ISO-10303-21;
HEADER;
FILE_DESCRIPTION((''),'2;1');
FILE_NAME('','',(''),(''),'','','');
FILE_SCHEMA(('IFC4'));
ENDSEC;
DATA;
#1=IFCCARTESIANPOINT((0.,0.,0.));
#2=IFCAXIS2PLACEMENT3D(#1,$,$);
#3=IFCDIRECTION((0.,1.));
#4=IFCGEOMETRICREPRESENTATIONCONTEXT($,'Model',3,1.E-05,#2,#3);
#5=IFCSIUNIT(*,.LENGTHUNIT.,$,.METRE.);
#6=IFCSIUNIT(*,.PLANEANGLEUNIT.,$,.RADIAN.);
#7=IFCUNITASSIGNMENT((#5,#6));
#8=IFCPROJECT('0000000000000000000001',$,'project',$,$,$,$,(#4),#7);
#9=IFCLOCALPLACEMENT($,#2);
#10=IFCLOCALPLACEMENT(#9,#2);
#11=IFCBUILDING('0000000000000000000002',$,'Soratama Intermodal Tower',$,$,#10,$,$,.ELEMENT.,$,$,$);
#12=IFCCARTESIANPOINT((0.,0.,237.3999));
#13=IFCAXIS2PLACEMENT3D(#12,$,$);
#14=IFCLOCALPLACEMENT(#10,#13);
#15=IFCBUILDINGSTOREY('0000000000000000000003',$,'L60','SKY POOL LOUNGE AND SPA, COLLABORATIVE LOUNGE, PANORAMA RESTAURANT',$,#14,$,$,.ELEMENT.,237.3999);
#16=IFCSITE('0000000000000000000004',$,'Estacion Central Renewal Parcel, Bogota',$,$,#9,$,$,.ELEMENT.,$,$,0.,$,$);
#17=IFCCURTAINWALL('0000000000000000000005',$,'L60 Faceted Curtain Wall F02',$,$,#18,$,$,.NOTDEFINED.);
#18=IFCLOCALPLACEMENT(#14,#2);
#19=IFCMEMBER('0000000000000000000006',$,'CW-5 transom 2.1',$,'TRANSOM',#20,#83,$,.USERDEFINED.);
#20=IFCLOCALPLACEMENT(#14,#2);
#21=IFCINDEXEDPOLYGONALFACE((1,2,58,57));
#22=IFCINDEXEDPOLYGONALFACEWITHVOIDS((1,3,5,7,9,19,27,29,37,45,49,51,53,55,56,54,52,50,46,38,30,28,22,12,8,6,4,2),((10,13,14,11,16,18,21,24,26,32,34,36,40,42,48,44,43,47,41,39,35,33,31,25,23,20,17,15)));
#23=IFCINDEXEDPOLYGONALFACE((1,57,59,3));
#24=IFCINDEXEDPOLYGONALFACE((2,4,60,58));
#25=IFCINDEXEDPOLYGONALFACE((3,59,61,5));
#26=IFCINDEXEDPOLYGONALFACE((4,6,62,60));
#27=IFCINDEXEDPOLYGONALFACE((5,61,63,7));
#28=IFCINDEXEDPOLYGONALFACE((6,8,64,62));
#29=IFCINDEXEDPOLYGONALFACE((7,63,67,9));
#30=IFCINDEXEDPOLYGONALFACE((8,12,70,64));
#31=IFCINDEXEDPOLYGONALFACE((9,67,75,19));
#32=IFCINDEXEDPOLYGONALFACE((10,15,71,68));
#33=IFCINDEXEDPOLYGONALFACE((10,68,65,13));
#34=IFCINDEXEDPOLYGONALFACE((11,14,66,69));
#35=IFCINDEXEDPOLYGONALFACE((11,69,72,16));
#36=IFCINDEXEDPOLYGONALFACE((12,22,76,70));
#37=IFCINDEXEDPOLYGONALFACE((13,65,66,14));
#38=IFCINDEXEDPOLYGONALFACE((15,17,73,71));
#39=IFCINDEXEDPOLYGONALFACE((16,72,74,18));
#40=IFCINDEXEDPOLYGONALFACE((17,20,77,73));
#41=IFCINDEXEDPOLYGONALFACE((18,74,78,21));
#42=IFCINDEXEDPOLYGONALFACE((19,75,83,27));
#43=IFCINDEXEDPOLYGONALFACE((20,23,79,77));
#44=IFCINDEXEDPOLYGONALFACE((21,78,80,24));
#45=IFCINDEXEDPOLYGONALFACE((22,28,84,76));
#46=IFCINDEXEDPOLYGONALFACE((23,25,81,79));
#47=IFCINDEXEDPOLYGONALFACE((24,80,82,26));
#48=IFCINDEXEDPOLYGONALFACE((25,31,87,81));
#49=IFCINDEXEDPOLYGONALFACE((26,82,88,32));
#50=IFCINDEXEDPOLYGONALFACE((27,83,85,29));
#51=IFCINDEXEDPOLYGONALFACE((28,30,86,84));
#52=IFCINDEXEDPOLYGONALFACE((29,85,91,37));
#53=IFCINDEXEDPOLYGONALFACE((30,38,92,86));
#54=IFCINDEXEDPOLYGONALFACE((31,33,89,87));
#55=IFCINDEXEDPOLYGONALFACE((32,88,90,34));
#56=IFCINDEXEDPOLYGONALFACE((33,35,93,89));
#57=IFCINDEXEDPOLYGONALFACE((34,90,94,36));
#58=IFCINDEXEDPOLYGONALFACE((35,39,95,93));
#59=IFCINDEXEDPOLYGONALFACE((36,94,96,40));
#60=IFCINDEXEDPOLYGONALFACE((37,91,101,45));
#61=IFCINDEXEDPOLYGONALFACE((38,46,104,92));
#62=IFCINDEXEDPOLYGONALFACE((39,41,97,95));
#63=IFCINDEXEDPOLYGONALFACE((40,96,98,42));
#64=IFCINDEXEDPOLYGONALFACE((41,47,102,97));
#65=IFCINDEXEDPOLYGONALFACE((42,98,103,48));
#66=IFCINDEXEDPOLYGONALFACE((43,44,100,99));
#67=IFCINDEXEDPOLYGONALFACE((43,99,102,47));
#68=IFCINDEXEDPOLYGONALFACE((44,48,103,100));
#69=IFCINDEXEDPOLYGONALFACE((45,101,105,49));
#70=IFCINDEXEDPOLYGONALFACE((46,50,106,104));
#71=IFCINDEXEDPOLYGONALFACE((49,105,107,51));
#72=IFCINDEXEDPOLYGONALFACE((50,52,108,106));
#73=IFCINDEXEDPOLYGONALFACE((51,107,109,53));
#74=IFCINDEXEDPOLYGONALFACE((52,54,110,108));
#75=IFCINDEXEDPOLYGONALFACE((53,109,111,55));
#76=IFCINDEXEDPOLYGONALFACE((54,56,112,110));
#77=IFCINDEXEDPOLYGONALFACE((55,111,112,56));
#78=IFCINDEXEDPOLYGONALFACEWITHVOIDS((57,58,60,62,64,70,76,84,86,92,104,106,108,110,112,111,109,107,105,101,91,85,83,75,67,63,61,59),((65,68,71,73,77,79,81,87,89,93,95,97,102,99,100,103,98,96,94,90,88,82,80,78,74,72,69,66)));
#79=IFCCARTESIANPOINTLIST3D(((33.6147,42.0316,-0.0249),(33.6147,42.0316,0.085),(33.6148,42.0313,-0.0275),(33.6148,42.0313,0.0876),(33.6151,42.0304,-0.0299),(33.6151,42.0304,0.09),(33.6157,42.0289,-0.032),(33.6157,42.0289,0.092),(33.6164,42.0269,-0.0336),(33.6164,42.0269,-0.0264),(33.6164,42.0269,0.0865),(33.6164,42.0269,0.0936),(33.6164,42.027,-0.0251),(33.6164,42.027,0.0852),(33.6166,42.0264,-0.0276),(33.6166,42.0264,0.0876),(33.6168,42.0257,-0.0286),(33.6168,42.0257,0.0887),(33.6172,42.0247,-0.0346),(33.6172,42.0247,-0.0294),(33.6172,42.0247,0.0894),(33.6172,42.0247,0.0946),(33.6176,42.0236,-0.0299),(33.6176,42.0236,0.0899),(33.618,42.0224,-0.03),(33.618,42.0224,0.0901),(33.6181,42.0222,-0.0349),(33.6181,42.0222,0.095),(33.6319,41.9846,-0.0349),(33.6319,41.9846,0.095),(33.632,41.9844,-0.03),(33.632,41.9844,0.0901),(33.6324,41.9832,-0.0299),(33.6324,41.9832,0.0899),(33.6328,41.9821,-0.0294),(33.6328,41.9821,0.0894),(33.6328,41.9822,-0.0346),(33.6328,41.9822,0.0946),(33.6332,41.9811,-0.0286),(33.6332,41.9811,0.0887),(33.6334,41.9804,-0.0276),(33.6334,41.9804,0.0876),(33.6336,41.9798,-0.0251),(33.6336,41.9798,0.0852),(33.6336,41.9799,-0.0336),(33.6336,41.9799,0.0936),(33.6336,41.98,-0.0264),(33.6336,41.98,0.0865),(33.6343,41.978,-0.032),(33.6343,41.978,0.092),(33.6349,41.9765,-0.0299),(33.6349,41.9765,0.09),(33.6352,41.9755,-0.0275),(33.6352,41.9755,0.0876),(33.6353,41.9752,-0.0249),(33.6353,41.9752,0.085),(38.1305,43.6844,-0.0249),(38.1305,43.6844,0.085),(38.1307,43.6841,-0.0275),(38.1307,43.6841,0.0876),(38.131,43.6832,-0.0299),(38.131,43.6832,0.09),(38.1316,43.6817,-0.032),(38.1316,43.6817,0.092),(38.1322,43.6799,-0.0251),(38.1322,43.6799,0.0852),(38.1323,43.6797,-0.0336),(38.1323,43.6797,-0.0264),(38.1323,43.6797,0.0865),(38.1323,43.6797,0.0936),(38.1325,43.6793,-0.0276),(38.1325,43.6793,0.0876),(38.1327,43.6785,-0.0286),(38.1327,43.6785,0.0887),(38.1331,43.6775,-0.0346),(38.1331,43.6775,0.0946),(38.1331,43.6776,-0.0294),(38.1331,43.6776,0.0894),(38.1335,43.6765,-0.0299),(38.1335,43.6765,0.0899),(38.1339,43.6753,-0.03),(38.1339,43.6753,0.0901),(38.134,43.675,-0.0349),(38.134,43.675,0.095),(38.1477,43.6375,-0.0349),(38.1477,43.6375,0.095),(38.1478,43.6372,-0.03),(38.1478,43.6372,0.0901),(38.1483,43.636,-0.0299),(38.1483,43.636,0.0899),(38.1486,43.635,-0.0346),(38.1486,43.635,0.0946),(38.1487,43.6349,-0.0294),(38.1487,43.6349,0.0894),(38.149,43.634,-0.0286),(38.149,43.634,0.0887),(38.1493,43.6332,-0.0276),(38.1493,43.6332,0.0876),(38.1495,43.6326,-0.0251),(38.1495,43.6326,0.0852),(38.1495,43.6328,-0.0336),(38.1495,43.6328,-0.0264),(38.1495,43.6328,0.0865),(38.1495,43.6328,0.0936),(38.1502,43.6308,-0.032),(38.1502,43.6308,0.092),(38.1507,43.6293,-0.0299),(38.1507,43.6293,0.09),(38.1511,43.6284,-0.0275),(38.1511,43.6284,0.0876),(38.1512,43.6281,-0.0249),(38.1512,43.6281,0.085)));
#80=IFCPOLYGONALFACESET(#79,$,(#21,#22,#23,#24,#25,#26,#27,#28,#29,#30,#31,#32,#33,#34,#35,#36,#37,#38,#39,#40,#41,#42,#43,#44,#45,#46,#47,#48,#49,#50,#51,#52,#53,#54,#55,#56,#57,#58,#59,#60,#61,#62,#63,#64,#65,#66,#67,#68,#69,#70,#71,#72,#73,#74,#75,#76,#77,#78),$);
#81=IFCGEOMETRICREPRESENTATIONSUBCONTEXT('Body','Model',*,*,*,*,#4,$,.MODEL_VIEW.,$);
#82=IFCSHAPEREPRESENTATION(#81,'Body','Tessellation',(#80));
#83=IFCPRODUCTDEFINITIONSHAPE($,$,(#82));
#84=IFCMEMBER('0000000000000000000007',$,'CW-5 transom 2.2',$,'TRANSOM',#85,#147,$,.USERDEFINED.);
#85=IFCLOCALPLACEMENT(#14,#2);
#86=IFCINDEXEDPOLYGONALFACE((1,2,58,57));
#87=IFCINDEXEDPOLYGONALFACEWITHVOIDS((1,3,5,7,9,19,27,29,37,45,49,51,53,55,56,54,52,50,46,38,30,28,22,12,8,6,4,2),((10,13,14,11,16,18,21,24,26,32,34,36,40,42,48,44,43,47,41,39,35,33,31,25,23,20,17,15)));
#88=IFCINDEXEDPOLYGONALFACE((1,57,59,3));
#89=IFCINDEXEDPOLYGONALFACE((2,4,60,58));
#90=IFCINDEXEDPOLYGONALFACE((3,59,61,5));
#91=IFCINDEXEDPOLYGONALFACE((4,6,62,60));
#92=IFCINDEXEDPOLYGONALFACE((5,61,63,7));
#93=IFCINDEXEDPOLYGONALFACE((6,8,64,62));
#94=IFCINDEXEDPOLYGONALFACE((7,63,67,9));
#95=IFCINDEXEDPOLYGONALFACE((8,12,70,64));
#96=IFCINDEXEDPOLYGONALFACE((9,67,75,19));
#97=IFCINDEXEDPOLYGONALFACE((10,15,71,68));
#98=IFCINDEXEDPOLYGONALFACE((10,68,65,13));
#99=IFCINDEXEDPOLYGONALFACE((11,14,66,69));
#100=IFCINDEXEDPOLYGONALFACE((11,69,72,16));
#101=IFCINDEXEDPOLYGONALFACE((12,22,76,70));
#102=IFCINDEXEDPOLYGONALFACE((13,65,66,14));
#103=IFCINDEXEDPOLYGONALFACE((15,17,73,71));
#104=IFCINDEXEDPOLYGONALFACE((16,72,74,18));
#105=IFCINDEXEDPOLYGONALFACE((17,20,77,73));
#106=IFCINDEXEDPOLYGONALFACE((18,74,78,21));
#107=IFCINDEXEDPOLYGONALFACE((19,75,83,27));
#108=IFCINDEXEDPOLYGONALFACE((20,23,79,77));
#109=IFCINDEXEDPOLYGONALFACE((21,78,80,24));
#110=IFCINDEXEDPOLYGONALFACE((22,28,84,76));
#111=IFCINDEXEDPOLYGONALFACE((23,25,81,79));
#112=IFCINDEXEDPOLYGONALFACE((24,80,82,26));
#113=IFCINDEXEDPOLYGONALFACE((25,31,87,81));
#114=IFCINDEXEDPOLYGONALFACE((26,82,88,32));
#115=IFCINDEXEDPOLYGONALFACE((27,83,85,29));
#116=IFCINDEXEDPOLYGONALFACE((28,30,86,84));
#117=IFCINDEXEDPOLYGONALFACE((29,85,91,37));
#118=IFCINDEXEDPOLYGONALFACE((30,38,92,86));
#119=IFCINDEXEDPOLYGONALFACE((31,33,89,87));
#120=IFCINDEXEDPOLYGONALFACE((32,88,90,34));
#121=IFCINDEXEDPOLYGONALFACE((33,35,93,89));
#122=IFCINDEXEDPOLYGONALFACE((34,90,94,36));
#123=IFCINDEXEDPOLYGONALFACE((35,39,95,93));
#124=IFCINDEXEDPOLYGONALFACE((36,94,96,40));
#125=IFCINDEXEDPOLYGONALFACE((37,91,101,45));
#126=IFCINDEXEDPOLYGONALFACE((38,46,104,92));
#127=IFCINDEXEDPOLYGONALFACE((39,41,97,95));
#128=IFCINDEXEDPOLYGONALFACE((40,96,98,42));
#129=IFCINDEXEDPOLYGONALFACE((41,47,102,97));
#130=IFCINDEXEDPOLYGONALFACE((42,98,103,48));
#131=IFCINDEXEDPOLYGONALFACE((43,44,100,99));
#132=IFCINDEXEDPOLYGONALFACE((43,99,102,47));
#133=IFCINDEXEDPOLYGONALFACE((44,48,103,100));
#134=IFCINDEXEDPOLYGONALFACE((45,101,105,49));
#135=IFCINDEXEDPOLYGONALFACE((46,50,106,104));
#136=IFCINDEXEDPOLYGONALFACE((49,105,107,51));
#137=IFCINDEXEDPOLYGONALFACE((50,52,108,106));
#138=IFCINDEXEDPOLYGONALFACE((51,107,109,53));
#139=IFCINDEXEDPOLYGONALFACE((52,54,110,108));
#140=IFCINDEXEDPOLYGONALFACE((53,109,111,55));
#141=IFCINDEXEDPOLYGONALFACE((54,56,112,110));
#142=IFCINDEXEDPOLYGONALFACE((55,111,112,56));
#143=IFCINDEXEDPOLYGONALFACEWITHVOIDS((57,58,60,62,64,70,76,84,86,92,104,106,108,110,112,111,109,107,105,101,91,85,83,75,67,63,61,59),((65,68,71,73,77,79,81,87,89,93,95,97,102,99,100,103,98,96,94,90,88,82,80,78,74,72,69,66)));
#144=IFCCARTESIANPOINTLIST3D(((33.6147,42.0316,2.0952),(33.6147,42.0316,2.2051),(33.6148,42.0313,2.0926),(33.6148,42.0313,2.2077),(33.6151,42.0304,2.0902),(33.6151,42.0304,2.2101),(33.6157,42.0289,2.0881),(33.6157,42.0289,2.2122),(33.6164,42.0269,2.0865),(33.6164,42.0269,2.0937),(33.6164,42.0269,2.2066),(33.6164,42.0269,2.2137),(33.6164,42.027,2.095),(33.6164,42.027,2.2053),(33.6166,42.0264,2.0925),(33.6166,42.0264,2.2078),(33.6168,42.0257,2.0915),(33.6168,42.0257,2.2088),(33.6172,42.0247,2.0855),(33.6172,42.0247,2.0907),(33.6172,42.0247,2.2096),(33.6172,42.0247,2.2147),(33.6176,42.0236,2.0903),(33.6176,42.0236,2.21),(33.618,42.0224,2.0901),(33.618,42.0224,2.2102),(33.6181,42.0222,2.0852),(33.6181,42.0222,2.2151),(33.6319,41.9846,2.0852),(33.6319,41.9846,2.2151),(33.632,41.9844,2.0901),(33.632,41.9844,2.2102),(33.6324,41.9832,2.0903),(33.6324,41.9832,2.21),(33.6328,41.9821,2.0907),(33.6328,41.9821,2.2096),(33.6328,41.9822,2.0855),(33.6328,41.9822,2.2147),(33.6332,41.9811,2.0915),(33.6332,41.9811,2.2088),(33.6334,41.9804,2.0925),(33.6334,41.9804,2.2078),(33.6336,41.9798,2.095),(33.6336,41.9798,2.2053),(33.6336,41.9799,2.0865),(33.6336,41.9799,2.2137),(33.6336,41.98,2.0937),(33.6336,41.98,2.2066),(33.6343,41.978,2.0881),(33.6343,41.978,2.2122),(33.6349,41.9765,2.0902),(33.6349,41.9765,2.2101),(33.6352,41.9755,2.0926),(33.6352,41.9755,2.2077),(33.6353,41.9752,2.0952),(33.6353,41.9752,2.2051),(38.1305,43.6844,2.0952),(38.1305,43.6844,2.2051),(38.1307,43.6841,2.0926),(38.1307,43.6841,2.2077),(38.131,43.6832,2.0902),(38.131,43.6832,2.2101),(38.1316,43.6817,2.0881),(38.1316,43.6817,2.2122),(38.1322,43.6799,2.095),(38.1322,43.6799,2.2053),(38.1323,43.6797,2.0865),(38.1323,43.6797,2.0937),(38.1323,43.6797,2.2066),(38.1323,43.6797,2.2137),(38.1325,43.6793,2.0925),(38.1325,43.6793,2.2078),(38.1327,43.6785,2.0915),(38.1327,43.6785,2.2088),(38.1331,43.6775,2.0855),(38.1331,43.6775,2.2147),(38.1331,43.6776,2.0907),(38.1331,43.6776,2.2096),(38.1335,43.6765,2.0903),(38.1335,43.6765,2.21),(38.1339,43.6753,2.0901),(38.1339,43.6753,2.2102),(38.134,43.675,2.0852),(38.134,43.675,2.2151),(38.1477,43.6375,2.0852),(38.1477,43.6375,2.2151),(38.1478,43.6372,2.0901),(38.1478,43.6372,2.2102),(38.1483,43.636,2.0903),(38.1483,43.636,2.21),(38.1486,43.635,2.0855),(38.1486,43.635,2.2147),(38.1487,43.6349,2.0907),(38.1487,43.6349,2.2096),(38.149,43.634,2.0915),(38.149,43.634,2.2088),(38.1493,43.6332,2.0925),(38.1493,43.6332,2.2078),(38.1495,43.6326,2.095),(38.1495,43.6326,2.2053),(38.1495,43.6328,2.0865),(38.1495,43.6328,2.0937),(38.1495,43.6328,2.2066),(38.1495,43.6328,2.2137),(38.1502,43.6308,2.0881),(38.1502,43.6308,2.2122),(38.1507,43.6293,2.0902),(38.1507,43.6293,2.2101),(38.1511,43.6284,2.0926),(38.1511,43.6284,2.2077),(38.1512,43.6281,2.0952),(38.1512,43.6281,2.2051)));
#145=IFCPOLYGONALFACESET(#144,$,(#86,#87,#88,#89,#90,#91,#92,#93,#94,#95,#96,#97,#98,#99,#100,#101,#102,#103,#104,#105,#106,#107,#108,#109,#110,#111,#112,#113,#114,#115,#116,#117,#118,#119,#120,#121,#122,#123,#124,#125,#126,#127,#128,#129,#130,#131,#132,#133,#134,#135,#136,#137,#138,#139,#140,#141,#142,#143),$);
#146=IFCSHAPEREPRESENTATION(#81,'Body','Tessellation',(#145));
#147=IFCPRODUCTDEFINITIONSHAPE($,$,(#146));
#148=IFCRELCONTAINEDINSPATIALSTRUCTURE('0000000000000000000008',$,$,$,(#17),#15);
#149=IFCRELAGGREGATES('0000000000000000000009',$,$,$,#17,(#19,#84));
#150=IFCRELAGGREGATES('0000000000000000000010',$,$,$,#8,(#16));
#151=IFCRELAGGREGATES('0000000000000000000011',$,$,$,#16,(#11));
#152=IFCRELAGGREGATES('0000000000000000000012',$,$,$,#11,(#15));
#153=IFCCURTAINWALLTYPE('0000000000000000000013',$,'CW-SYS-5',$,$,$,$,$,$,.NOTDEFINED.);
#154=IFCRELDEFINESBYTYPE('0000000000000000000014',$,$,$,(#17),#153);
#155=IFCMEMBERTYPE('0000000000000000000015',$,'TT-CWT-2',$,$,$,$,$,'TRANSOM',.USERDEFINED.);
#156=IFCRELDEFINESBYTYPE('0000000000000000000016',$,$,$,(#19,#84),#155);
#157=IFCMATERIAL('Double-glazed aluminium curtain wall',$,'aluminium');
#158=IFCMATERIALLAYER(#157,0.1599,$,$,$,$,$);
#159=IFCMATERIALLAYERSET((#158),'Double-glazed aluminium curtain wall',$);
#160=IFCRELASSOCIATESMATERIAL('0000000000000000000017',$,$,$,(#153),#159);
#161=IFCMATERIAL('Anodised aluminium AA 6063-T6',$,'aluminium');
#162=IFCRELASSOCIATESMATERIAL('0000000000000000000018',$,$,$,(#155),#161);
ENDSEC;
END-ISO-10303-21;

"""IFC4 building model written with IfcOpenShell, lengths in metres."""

from ifc_helpers import new_model, si_unit, direction, frame, origin, origin_2d, place, context, subcontext, project, spatial, hollow_rectangle, extrude, material, layer, layer_set, material_profile, profile_set, type_object, element, aggregate, save


model = new_model("IFC4")

# Units and contexts
model_context = context("Model", 3, precision=1e-05, world=origin(), true_north=direction((0.0, 1.0)))
body_context = subcontext(model_context, "Body", "Model", "MODEL_VIEW")
ifc_project = project(units=[si_unit("LENGTHUNIT", "METRE"), si_unit("PLANEANGLEUNIT", "RADIAN")], contexts=[model_context])

# Site, building, storey
site_placement = place(None, origin())
site = spatial("IfcSite", under=ifc_project, at=site_placement, Name="Estacion Central Renewal Parcel, Bogota", CompositionType="ELEMENT", RefElevation=0.0)
building_placement = place(site_placement, origin())
building = spatial("IfcBuilding", under=site, at=building_placement, Name="Soratama Intermodal Tower", CompositionType="ELEMENT")
storey_placement = place(building_placement, frame((0.0, 0.0, 237.3999)))
storey = spatial("IfcBuildingStorey", under=building, at=storey_placement, Name="L60", Description="SKY POOL LOUNGE AND SPA, COLLABORATIVE LOUNGE, PANORAMA RESTAURANT", CompositionType="ELEMENT", Elevation=237.3999)

# Curtain wall, members
ifc_material_1 = material(Name="Double-glazed aluminium curtain wall", Category="aluminium")
ifc_layer_1 = layer(ifc_material_1, 0.1599)
ifc_layer_set_1 = layer_set([ifc_layer_1], Name="Double-glazed aluminium curtain wall")
curtain_wall_type = type_object("IfcCurtainWallType", Name="CW-SYS-5", PredefinedType="NOTDEFINED", material=ifc_layer_set_1)
curtain_wall_placement = place(storey_placement, origin())
curtain_wall = element("IfcCurtainWall", 1, at=curtain_wall_placement, inside=storey, type_object=curtain_wall_type, Name="L60 Faceted Curtain Wall F02", PredefinedType="NOTDEFINED")
ifc_material_2 = material(Name="Anodised aluminium AA 6063-T6", Category="aluminium")
ifc_material_profile_1 = material_profile(ifc_material_2, hollow_rectangle(XDim=0.0601, YDim=0.1299, WallThickness=0.0049, InnerFilletRadius=0.0049, OuterFilletRadius=0.01, at=origin_2d()), Name="CWT130X60X5")
ifc_profile_set_1 = profile_set([ifc_material_profile_1], Name="Anodised aluminium AA 6063-T6")
member_type_1 = type_object("IfcMemberType", Name="TT-CWT-2", ElementType="TRANSOM", PredefinedType="USERDEFINED", material=ifc_profile_set_1)
member_1_placement = place(storey_placement, frame((38.1409, 43.6562, 0.03), z_axis=(-0.939077, -0.343707, 0.0), x_axis=(0.343707, -0.939077, 0.0)))
member_1 = element("IfcMember", 2, at=member_1_placement, type_object=member_type_1, Name="CW-5 transom 2.1", ObjectType="TRANSOM", PredefinedType="USERDEFINED", context=body_context, shape_type="SweptSolid", body=[
    extrude(hollow_rectangle(XDim=0.0601, YDim=0.1299, WallThickness=0.0049, InnerFilletRadius=0.0049, OuterFilletRadius=0.01, at=origin_2d()), origin(), (0.0, 0.0, 1.0), 4.8088),
])
member_2_placement = place(storey_placement, frame((38.1409, 43.6562, 2.1501), z_axis=(-0.939077, -0.343707, 0.0), x_axis=(0.343707, -0.939077, 0.0)))
member_2 = element("IfcMember", 3, at=member_2_placement, type_object=member_type_1, Name="CW-5 transom 2.2", ObjectType="TRANSOM", PredefinedType="USERDEFINED", context=body_context, shape_type="SweptSolid", body=[
    extrude(hollow_rectangle(XDim=0.0601, YDim=0.1299, WallThickness=0.0049, InnerFilletRadius=0.0049, OuterFilletRadius=0.01, at=origin_2d()), origin(), (0.0, 0.0, 1.0), 4.8088),
])
aggregate(curtain_wall, [member_1, member_2])

save(model, "model.ifc")
